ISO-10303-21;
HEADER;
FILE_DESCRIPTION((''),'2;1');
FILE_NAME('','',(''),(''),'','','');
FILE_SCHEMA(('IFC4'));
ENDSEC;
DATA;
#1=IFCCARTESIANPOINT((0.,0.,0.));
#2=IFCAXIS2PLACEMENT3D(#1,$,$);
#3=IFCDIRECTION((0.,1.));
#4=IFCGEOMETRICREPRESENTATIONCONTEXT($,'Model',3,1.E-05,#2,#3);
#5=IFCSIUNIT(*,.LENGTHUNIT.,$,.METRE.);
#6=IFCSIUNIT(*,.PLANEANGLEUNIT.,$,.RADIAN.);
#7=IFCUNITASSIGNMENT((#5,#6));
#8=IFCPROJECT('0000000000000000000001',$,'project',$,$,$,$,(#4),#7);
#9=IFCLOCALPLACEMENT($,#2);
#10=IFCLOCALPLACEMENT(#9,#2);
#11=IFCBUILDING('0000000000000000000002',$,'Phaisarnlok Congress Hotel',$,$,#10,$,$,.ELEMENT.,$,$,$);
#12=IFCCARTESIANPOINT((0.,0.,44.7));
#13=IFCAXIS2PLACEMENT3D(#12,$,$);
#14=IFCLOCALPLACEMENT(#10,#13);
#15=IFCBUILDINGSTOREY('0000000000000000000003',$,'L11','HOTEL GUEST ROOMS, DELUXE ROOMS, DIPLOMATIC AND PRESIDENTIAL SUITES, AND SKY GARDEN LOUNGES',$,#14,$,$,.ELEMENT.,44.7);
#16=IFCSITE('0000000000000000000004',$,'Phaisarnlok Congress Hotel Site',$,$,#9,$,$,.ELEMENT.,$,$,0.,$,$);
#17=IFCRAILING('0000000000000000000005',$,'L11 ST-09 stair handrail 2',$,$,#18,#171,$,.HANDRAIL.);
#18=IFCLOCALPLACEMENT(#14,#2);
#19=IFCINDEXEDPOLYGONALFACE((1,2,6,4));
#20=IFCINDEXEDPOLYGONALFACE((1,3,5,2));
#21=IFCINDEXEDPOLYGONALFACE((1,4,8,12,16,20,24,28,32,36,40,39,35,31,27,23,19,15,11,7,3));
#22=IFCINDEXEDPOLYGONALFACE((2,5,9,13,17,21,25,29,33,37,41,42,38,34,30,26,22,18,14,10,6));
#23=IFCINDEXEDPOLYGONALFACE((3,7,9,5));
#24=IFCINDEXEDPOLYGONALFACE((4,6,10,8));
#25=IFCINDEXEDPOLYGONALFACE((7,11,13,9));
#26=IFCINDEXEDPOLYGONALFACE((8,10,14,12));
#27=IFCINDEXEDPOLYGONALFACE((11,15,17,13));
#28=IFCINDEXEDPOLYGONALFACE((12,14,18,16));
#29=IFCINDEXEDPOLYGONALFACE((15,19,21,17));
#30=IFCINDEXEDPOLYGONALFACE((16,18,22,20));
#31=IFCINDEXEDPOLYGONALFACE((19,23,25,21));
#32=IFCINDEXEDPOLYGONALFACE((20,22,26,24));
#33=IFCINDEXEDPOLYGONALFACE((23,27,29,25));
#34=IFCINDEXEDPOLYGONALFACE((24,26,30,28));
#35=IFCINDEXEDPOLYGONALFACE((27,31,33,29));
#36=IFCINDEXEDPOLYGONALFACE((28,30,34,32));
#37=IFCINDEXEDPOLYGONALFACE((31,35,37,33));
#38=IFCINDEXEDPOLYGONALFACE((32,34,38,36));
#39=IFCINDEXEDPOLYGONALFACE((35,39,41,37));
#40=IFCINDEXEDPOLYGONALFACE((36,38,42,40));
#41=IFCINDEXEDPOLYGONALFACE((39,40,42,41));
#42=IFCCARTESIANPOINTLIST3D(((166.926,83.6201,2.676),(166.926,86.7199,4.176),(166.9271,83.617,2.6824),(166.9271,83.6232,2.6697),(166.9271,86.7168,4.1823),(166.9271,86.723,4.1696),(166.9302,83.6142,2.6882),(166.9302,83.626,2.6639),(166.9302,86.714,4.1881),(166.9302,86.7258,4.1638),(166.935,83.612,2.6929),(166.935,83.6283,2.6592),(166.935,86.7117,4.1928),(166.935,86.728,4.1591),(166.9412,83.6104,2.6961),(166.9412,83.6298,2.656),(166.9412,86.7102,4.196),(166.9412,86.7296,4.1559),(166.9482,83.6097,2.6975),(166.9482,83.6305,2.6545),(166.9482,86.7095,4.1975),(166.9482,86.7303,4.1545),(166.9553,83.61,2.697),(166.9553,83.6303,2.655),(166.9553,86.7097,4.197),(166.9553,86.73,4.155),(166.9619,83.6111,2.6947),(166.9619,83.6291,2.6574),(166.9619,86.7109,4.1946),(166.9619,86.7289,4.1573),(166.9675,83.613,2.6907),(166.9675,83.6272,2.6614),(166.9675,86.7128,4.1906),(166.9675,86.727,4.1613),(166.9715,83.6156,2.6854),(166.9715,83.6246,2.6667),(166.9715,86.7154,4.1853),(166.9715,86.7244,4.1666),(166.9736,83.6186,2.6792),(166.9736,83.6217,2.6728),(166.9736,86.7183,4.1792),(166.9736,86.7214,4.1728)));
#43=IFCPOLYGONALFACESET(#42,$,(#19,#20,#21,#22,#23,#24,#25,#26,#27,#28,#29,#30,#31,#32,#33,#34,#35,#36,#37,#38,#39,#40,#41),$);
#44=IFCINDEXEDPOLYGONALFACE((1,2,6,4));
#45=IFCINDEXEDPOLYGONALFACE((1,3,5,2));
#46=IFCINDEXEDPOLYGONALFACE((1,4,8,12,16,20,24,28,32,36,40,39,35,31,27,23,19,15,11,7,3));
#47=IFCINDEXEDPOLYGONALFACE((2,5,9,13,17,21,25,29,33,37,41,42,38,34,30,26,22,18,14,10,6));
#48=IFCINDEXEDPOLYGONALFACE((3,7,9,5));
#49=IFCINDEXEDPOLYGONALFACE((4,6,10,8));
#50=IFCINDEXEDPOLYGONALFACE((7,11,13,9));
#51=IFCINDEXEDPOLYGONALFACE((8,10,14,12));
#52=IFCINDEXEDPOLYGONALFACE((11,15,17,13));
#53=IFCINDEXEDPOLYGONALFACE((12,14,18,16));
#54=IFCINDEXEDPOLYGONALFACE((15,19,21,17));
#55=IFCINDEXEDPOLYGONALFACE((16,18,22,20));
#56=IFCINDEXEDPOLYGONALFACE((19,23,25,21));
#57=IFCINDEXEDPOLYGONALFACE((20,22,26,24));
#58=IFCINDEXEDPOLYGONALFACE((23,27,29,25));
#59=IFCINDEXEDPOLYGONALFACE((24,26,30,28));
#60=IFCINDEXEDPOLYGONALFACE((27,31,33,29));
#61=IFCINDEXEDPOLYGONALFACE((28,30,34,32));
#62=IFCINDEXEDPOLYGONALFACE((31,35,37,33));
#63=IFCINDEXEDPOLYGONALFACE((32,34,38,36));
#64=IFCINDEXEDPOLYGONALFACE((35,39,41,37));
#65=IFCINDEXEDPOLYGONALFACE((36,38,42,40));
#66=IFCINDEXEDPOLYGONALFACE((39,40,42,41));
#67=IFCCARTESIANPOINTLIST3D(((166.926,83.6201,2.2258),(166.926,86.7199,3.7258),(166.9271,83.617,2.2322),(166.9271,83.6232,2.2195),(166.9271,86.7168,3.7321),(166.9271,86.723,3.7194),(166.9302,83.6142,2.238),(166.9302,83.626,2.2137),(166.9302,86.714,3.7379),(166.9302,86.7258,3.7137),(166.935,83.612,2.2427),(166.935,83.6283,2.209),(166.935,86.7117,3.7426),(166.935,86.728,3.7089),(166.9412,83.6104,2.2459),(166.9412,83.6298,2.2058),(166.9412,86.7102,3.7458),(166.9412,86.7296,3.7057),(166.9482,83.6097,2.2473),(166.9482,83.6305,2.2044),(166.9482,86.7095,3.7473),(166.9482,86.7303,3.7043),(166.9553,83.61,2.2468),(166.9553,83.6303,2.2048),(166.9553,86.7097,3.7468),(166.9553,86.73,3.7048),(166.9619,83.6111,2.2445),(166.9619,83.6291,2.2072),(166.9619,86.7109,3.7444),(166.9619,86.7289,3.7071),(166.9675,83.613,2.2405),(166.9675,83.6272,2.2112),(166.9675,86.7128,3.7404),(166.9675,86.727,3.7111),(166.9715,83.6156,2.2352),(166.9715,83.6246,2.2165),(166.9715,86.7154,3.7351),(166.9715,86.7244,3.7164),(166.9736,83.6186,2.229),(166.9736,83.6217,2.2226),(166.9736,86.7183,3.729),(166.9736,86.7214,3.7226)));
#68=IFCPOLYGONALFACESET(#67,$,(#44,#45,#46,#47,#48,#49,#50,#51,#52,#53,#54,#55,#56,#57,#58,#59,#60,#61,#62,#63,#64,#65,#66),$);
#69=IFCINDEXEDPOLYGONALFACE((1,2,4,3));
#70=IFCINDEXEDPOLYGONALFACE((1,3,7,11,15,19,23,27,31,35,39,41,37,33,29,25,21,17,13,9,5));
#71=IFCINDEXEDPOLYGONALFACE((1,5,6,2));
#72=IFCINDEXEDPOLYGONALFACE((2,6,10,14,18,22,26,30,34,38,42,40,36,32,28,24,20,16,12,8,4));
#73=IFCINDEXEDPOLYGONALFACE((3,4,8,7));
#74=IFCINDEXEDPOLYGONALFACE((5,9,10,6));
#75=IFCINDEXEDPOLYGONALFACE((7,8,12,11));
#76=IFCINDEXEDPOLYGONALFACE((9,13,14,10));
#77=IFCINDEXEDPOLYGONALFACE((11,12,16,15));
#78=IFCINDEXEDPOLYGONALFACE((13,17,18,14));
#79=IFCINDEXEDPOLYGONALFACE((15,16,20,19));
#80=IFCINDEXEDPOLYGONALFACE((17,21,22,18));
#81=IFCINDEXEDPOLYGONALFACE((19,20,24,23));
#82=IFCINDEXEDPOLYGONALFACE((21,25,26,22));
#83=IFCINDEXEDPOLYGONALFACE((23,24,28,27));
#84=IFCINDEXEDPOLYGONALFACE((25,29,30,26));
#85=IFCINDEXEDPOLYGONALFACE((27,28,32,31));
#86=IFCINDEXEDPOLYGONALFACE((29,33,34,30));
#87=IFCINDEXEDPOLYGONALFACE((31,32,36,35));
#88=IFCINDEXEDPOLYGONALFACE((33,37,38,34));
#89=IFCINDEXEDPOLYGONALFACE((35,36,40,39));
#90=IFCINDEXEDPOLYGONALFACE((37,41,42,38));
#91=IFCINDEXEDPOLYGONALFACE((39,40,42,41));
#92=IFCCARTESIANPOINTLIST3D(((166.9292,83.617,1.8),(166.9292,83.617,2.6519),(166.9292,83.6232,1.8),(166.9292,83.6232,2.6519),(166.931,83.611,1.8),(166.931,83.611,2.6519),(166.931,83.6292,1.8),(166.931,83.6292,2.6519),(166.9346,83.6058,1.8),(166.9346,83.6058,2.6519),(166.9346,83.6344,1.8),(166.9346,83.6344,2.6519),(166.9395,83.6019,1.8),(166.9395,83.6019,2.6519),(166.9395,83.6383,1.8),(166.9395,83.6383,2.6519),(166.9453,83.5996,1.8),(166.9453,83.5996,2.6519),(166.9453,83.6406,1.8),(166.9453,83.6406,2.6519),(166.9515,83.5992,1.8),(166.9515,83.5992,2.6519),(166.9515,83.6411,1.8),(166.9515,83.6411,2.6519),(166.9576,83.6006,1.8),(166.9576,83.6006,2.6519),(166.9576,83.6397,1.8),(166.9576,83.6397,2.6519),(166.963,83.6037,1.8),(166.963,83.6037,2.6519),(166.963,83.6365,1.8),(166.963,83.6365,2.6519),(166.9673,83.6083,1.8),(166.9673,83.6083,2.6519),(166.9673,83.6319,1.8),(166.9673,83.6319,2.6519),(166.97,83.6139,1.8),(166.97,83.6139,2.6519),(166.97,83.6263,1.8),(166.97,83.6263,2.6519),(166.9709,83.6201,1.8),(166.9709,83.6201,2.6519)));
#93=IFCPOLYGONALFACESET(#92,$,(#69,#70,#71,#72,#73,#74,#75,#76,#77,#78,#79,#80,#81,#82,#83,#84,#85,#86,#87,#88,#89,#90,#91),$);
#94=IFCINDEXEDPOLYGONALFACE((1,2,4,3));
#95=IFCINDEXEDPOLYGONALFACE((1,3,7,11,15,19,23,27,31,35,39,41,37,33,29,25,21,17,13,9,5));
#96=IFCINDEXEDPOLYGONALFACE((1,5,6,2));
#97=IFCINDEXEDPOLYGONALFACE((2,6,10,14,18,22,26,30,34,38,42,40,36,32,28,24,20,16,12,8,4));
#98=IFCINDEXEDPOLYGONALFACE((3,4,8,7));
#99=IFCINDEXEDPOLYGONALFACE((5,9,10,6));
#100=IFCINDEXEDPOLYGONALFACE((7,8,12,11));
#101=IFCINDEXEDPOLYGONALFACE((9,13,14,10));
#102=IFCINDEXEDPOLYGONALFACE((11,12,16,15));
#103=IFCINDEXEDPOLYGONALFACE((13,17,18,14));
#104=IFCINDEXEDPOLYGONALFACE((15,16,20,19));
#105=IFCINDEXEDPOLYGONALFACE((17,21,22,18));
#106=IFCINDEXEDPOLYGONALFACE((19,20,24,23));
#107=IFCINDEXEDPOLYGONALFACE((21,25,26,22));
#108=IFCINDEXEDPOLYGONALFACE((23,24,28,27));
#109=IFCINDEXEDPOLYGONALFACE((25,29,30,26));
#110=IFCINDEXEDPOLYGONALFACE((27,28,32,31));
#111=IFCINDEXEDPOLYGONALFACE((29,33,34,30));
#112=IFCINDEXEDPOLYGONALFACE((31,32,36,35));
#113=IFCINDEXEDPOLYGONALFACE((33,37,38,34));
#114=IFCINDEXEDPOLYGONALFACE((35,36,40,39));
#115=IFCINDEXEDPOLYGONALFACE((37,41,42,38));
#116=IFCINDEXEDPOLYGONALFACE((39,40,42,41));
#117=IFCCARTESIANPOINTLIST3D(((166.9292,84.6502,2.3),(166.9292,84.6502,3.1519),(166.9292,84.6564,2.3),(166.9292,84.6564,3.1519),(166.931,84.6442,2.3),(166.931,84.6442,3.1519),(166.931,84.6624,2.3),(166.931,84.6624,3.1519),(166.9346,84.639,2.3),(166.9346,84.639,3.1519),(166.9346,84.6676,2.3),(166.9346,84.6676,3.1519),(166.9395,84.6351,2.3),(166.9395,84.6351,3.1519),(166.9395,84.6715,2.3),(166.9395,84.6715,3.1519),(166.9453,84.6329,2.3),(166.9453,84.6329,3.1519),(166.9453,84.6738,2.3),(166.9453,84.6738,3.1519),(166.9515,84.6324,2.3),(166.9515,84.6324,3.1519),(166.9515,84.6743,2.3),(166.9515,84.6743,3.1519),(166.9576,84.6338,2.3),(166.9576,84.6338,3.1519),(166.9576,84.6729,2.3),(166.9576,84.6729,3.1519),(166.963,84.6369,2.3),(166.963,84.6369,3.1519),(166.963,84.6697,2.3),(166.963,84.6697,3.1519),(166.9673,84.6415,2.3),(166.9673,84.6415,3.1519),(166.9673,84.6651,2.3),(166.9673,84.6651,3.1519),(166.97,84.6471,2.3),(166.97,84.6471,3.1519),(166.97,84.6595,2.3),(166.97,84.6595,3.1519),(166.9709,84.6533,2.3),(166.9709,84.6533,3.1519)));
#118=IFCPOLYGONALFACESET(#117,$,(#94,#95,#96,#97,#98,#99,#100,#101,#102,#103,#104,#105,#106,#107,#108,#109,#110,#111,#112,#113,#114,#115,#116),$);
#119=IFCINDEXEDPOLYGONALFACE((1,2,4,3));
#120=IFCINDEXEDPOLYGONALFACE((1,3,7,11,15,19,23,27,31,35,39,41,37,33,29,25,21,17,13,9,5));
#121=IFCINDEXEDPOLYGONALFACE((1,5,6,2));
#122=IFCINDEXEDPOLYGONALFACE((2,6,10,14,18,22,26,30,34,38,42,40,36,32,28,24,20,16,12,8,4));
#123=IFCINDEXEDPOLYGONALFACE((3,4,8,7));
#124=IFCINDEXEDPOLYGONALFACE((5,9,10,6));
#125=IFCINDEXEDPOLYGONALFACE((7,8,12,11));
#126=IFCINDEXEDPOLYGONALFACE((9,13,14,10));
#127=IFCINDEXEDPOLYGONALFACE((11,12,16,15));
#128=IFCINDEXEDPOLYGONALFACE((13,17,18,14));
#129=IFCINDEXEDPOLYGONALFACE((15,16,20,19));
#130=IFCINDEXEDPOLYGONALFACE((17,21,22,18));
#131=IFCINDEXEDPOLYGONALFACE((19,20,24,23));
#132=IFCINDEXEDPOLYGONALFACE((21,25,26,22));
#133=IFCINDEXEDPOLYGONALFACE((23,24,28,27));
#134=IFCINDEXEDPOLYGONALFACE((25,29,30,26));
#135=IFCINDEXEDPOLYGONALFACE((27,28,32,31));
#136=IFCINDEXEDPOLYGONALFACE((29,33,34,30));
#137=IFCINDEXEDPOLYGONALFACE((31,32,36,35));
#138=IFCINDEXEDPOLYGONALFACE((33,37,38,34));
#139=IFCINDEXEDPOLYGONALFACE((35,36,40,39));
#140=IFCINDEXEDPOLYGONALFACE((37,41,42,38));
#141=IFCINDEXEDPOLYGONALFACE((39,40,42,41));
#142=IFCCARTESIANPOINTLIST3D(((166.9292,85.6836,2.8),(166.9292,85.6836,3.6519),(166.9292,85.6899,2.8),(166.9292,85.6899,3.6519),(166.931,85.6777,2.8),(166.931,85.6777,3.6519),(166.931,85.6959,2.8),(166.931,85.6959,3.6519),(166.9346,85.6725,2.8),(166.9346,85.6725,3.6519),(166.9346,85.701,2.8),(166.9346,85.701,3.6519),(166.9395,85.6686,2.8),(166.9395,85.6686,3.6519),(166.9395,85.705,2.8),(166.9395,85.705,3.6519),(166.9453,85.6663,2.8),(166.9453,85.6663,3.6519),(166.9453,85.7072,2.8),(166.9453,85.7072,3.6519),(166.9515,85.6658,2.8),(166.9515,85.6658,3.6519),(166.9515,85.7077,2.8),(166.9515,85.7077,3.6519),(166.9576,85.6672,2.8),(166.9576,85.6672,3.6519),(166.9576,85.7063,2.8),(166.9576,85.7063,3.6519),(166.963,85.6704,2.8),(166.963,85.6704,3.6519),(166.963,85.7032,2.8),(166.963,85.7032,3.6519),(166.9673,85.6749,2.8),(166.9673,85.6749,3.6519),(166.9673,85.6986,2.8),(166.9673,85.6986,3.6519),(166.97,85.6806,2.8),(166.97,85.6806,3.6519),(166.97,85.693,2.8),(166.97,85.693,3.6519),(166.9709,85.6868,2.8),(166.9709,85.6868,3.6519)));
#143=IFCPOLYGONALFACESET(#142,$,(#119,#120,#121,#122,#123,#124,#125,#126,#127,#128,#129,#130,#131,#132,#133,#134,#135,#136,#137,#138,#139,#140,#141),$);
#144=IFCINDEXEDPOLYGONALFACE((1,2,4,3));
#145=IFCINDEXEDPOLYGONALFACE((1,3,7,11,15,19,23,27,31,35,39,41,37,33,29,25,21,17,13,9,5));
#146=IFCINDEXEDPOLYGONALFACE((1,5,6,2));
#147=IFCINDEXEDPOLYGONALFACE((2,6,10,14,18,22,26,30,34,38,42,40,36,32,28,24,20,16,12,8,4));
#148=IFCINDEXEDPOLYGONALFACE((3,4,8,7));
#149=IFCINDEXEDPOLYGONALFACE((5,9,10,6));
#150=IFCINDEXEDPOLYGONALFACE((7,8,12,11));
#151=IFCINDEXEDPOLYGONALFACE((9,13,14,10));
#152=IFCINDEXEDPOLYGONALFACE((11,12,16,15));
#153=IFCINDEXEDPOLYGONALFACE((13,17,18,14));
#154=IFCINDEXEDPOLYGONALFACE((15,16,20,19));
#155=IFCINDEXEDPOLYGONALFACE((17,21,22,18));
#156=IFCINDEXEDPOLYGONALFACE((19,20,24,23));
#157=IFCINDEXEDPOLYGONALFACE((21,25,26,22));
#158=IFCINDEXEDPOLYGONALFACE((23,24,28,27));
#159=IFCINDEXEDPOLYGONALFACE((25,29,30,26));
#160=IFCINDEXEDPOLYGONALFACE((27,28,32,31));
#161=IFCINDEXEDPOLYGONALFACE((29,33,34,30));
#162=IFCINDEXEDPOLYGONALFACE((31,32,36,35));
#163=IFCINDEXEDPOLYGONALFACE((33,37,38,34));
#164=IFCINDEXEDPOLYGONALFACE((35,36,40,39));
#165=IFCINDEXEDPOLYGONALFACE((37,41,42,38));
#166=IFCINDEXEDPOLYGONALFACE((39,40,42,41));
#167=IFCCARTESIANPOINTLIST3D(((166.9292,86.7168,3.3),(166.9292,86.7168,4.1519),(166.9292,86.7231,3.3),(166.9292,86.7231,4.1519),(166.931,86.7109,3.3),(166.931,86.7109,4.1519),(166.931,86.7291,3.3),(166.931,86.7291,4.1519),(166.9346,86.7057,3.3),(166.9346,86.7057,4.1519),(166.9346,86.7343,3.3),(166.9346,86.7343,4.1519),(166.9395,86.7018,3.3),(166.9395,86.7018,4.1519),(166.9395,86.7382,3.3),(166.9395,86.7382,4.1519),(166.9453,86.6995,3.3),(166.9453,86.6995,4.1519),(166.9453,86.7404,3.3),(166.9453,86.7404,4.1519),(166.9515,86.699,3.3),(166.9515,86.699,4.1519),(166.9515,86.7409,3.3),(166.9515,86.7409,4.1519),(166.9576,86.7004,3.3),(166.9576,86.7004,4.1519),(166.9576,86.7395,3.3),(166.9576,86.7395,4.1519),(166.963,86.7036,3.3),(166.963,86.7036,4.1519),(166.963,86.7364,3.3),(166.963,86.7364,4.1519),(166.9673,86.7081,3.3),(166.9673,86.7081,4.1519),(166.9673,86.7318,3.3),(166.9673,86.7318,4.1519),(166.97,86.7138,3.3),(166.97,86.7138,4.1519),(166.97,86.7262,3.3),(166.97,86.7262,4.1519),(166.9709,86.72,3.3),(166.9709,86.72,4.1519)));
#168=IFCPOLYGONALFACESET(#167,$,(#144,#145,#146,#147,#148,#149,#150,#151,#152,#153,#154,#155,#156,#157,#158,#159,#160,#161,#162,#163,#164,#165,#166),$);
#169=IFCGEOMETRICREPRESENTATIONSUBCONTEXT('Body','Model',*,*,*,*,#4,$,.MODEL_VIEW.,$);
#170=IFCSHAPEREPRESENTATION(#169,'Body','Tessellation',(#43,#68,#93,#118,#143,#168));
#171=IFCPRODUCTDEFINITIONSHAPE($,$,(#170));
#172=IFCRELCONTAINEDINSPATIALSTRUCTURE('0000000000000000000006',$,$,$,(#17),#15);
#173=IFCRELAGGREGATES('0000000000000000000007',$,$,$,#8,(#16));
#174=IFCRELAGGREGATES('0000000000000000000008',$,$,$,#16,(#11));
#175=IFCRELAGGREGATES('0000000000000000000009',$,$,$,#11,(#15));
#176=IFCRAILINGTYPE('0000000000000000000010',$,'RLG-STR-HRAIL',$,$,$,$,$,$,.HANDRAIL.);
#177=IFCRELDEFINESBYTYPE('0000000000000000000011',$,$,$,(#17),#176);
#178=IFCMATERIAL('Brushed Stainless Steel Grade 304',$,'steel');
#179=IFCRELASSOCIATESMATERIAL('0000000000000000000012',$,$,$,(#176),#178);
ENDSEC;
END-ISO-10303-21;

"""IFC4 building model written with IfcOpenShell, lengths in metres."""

from ifc_helpers import new_model, si_unit, direction, frame, origin, origin_2d, place, context, subcontext, project, spatial, circle, extrude, material, type_object, element, save


model = new_model("IFC4")

# Units and contexts
model_context = context("Model", 3, precision=1e-05, world=origin(), true_north=direction((0.0, 1.0)))
body_context = subcontext(model_context, "Body", "Model", "MODEL_VIEW")
ifc_project = project(units=[si_unit("LENGTHUNIT", "METRE"), si_unit("PLANEANGLEUNIT", "RADIAN")], contexts=[model_context])

# Site, building, storey
site_placement = place(None, origin())
site = spatial("IfcSite", under=ifc_project, at=site_placement, Name="Phaisarnlok Congress Hotel Site", CompositionType="ELEMENT", RefElevation=0.0)
building_placement = place(site_placement, origin())
building = spatial("IfcBuilding", under=site, at=building_placement, Name="Phaisarnlok Congress Hotel", CompositionType="ELEMENT")
storey_placement = place(building_placement, frame((0.0, 0.0, 44.7)))
storey = spatial("IfcBuildingStorey", under=building, at=storey_placement, Name="L11", Description="HOTEL GUEST ROOMS, DELUXE ROOMS, DIPLOMATIC AND PRESIDENTIAL SUITES, AND SKY GARDEN LOUNGES", CompositionType="ELEMENT", Elevation=44.7)

# Shared definitions
ifc_material_1 = material(Name="Brushed Stainless Steel Grade 304", Category="steel")

# Railing
railing_type_1 = type_object("IfcRailingType", Name="RLG-STR-HRAIL", PredefinedType="HANDRAIL", material=ifc_material_1)
railing_1_placement = place(storey_placement, frame((166.95, 83.6201, 1.8)))
element("IfcRailing", 1, at=railing_1_placement, inside=storey, type_object=railing_type_1, Name="L11 ST-09 stair handrail 2", PredefinedType="HANDRAIL", context=body_context, shape_type="SweptSolid", body=[
    extrude(circle(Radius=0.0239, at=origin_2d()), frame((0.0, 0.0, 0.876), z_axis=(0.0, 0.900151, 0.435578), x_axis=(-1.0, 0.0, 0.0)), (0.0, 0.0, 1.0), 3.4436),
    extrude(circle(Radius=0.0239, at=origin_2d()), frame((0.0, 0.0, 0.4258), z_axis=(0.0, 0.900151, 0.435578), x_axis=(-1.0, 0.0, 0.0)), (0.0, 0.0, 1.0), 3.4436),
    extrude(circle(Radius=0.021, at=origin_2d()), origin(), (0.0, 0.0, 1.0), 0.8518),
    extrude(circle(Radius=0.021, at=origin_2d()), frame((0.0, 1.0332, 0.5)), (0.0, 0.0, 1.0), 0.8518),
    extrude(circle(Radius=0.021, at=origin_2d()), frame((0.0, 2.0667, 1.0)), (0.0, 0.0, 1.0), 0.8518),
    extrude(circle(Radius=0.021, at=origin_2d()), frame((0.0, 3.0999, 1.5)), (0.0, 0.0, 1.0), 0.8518),
])

save(model, "model.ifc")
